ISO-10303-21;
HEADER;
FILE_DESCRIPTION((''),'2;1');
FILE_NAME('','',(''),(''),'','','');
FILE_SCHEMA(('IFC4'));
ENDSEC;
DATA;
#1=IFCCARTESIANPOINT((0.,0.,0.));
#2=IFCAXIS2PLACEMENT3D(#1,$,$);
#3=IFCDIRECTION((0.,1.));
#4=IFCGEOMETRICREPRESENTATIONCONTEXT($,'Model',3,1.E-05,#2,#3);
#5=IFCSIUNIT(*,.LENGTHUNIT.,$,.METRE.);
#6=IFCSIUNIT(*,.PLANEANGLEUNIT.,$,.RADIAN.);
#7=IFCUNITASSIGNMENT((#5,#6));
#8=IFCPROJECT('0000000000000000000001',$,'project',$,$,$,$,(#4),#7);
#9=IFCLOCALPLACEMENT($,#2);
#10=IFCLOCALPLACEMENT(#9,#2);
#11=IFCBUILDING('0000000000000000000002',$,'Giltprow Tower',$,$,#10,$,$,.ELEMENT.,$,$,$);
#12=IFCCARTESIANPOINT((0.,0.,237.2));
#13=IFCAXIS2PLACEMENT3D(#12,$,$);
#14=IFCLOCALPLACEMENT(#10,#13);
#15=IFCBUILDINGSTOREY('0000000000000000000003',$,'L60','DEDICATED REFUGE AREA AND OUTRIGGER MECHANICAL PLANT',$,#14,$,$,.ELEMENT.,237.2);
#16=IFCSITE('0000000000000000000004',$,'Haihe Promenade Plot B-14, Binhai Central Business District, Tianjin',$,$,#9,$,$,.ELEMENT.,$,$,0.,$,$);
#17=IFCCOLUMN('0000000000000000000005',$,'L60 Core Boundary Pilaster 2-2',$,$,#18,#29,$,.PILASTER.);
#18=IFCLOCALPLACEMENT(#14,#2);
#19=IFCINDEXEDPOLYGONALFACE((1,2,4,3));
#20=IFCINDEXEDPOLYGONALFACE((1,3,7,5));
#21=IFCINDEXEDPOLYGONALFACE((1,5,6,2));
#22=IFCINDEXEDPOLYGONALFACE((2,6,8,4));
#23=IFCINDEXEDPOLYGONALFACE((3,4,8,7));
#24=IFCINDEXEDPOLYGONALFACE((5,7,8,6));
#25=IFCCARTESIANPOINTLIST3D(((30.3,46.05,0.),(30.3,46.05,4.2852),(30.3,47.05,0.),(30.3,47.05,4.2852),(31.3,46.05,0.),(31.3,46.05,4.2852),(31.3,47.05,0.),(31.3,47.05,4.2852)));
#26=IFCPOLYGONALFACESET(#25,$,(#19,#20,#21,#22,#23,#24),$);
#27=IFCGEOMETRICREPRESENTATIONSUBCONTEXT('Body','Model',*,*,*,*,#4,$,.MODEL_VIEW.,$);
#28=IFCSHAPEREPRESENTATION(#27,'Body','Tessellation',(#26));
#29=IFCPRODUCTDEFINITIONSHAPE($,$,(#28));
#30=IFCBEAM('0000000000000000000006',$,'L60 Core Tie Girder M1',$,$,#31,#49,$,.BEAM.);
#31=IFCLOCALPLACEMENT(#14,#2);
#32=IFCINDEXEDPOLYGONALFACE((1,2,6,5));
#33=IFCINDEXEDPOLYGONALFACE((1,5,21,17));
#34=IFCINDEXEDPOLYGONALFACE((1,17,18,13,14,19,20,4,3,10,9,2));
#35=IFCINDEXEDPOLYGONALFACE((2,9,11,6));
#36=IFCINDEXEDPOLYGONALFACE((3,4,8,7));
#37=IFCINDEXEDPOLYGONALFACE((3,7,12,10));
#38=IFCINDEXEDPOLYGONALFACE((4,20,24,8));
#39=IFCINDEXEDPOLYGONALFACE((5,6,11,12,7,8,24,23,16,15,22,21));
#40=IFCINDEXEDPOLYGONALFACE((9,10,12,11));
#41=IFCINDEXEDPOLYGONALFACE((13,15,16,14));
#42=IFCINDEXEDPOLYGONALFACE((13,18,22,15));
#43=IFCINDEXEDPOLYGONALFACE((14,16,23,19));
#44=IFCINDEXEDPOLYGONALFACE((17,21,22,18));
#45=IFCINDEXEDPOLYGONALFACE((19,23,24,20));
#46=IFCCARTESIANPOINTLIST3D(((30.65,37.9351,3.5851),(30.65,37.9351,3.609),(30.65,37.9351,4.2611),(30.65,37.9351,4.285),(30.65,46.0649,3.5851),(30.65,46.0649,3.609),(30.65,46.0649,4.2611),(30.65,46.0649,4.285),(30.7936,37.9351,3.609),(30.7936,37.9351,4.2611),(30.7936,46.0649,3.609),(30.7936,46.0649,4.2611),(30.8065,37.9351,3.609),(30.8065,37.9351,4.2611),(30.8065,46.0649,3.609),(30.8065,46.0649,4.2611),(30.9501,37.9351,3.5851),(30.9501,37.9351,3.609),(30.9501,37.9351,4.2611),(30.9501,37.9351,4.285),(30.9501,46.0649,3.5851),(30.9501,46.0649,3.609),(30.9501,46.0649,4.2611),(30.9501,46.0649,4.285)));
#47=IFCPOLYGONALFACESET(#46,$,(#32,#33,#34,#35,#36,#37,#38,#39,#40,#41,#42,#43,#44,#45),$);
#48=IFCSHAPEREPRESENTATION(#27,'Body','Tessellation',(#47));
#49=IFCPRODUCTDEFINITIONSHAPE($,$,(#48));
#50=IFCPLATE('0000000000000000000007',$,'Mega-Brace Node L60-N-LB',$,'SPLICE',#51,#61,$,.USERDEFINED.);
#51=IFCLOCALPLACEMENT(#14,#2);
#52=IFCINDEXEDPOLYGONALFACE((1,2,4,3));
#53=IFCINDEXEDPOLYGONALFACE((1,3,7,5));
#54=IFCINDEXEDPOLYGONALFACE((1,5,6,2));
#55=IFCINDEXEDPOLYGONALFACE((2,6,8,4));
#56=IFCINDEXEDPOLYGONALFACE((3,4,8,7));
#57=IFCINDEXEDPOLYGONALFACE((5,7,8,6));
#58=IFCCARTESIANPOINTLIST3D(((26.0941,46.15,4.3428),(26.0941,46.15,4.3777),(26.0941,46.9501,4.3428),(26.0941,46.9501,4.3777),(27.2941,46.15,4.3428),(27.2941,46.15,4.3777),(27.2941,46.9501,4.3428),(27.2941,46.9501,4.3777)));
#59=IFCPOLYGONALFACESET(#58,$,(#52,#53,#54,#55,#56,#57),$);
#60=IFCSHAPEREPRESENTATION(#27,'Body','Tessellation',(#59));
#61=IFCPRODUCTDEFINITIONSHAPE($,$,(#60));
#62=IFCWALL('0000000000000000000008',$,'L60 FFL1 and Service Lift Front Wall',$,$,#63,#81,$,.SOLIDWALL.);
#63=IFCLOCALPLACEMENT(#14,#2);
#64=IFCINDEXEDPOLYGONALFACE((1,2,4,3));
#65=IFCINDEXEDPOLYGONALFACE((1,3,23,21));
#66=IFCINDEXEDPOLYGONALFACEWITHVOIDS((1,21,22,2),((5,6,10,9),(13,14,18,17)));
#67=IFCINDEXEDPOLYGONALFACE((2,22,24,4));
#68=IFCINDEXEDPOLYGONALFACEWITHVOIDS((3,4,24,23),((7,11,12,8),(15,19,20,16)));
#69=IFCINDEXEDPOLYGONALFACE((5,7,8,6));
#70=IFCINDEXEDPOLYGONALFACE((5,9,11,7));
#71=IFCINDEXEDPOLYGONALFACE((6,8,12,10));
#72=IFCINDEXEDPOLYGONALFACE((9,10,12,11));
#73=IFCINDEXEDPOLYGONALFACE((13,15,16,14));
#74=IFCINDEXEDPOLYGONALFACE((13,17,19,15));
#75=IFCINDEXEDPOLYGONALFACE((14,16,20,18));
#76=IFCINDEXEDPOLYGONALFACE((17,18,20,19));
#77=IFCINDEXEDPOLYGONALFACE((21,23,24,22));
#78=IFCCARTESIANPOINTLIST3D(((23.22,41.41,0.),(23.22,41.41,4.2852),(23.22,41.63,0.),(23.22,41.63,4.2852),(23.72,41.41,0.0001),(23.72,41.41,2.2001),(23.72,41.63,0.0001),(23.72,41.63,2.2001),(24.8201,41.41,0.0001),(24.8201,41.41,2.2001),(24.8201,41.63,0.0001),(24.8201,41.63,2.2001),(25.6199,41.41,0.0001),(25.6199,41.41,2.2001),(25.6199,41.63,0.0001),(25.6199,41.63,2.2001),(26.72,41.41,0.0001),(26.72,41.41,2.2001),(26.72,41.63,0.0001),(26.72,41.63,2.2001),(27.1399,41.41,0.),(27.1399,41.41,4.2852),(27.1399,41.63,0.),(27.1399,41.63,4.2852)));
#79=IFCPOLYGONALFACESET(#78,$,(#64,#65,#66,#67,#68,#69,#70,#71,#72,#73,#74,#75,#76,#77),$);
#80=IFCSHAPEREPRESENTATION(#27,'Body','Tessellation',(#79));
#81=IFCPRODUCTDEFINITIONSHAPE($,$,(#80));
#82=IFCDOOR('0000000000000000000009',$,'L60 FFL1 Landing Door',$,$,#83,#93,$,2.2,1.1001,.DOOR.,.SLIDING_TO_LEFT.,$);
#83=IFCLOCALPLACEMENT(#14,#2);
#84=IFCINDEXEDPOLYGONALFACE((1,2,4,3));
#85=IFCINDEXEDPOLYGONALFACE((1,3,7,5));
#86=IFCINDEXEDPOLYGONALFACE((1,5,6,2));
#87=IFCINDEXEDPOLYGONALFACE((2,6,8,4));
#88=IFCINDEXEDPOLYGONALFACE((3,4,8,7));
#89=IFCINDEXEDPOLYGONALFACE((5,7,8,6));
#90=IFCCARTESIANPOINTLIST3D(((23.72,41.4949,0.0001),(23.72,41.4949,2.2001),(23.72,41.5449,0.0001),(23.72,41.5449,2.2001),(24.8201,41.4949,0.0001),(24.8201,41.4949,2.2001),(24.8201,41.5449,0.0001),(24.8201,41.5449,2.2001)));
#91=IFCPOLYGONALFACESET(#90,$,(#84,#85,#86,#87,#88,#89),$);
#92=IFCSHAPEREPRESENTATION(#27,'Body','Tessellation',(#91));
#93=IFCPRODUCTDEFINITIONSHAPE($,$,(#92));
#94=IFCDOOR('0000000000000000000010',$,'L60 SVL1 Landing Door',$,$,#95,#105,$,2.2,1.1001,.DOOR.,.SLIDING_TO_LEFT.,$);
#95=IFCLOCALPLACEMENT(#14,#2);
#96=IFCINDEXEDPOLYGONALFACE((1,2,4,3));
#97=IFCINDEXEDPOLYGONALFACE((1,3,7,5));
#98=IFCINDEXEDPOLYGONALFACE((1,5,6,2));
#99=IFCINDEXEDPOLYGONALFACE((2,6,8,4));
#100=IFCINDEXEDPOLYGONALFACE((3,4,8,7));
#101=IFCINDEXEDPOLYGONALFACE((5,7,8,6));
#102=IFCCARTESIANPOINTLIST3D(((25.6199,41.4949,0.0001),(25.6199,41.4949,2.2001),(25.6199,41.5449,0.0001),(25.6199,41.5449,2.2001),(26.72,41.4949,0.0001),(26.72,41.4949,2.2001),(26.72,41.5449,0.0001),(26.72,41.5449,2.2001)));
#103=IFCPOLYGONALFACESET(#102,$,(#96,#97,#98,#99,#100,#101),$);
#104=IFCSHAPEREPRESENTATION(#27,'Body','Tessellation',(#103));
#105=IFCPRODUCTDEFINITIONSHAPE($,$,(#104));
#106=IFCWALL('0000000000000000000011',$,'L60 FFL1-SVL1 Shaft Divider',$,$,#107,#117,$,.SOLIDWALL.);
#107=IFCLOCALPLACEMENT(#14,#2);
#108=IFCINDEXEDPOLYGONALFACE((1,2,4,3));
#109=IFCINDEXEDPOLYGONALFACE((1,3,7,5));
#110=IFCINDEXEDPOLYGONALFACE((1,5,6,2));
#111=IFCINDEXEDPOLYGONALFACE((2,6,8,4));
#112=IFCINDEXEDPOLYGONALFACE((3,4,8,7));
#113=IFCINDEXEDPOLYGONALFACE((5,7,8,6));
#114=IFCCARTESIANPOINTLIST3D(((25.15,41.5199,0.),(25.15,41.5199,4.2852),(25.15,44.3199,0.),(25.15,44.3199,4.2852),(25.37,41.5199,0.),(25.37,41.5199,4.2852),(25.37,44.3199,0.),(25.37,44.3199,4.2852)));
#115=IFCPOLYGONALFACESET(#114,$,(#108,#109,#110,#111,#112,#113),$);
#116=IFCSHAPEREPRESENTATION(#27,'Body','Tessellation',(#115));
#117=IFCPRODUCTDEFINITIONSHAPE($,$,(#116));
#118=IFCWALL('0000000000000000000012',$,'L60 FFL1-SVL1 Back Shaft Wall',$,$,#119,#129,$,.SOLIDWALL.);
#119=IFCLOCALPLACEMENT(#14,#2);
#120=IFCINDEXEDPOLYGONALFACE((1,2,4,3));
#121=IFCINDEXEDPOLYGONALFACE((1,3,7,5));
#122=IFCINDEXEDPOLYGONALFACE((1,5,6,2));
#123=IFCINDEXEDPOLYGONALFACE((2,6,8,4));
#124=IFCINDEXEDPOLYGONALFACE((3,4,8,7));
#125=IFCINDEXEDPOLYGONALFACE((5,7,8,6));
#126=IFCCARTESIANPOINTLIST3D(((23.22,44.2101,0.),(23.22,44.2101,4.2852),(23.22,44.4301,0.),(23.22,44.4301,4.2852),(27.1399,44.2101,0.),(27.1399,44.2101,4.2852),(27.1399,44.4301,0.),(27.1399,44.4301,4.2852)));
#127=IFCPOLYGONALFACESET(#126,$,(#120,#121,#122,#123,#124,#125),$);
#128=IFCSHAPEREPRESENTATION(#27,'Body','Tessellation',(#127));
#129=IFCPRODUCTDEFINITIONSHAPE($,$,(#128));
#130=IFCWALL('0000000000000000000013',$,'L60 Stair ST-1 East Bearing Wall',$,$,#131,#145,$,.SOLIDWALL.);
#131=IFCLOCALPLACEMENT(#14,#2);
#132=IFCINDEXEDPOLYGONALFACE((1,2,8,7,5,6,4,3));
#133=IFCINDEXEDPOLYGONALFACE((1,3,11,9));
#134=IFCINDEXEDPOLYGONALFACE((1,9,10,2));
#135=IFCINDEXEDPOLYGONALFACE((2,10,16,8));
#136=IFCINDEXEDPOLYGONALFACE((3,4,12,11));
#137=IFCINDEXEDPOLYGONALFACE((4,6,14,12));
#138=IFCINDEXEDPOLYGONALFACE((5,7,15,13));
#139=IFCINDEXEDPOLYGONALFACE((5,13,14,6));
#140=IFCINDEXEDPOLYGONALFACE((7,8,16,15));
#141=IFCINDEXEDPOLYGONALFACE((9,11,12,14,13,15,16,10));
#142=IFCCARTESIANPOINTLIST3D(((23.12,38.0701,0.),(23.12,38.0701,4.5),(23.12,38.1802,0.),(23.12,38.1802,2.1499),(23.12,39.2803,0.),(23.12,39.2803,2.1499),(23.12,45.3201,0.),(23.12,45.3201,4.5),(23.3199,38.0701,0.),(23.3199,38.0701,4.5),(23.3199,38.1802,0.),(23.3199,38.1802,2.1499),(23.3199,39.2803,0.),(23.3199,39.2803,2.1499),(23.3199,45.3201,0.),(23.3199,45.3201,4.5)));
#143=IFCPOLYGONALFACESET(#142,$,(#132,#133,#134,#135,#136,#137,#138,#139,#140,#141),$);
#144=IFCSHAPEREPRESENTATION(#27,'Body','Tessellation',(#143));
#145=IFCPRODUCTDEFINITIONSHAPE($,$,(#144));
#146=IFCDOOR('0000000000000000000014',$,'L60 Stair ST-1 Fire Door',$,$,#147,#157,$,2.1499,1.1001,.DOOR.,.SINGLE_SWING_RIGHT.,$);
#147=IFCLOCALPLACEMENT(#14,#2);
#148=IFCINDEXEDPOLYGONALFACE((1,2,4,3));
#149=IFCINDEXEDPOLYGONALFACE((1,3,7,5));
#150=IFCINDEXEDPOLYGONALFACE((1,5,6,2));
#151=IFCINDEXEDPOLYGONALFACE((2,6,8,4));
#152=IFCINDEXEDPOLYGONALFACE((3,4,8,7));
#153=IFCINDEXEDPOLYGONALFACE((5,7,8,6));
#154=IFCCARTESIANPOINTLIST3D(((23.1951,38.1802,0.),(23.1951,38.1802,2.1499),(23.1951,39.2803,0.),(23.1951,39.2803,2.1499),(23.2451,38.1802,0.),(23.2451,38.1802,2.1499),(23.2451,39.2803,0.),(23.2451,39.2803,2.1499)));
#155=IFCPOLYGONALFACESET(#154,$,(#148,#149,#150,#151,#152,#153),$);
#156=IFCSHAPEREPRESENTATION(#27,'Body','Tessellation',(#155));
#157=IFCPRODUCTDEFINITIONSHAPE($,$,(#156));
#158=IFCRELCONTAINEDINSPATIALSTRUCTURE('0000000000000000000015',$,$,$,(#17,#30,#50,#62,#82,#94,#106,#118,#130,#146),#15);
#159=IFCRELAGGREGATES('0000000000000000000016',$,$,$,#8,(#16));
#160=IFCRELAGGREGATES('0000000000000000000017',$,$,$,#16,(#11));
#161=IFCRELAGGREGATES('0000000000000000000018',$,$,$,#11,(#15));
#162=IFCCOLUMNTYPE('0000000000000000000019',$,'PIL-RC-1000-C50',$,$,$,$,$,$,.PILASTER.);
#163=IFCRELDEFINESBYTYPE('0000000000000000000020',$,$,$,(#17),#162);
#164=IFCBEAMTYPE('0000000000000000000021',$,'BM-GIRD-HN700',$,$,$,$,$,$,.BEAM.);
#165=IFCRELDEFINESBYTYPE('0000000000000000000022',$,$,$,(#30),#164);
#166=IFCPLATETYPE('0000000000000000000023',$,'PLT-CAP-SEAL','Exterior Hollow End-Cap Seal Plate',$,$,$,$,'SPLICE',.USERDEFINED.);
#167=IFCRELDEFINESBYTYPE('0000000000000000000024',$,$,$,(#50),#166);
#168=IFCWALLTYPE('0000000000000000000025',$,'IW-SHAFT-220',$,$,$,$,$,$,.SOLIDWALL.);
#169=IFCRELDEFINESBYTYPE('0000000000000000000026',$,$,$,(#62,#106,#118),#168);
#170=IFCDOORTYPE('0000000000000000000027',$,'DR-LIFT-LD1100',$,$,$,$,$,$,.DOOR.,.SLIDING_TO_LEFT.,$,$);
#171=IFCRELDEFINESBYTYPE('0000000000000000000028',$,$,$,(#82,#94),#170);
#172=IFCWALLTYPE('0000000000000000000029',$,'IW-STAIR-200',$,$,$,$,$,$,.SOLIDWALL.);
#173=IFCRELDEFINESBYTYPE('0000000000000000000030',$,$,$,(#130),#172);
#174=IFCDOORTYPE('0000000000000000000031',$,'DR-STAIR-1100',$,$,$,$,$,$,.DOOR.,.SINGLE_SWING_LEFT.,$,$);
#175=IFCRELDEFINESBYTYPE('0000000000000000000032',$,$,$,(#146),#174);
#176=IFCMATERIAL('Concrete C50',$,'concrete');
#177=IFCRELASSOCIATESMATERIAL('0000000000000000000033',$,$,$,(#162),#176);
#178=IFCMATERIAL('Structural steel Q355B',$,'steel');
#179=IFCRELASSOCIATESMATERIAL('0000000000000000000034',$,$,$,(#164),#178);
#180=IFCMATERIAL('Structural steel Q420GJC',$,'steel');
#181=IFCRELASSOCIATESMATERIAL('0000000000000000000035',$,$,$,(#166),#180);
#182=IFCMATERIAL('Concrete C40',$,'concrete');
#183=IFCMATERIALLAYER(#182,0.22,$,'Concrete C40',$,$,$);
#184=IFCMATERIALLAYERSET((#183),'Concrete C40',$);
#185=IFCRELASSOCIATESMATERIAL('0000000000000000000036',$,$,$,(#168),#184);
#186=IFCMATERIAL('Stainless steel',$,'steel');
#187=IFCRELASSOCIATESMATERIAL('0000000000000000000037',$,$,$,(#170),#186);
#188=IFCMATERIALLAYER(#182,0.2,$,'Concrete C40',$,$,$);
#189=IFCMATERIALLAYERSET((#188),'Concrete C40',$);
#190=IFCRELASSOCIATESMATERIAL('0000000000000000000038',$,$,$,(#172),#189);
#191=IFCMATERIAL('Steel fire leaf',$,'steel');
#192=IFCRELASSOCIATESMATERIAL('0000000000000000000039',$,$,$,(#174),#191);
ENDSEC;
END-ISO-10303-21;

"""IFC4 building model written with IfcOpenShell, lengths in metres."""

from ifc_helpers import new_model, si_unit, direction, frame, frame_2d, origin, origin_2d, place, context, subcontext, project, spatial, rectangle, i_section, extrude, source, transform, mapped, material, layer, layer_set, material_profile, profile_set, type_object, element, fill, save


model = new_model("IFC4")

# Units and contexts
model_context = context("Model", 3, precision=1e-05, world=origin(), true_north=direction((0.0, 1.0)))
body_context = subcontext(model_context, "Body", "Model", "MODEL_VIEW")
ifc_project = project(units=[si_unit("LENGTHUNIT", "METRE"), si_unit("PLANEANGLEUNIT", "RADIAN")], contexts=[model_context])

# Site, building, storey
site_placement = place(None, origin())
site = spatial("IfcSite", under=ifc_project, at=site_placement, Name="Haihe Promenade Plot B-14, Binhai Central Business District, Tianjin", CompositionType="ELEMENT", RefElevation=0.0)
building_placement = place(site_placement, origin())
building = spatial("IfcBuilding", under=site, at=building_placement, Name="Giltprow Tower", CompositionType="ELEMENT")
storey_placement = place(building_placement, frame((0.0, 0.0, 237.2)))
storey = spatial("IfcBuildingStorey", under=building, at=storey_placement, Name="L60", Description="DEDICATED REFUGE AREA AND OUTRIGGER MECHANICAL PLANT", CompositionType="ELEMENT", Elevation=237.2)

# Column
ifc_material_1 = material(Name="Concrete C50", Category="concrete")
ifc_material_profile_1 = material_profile(ifc_material_1, rectangle(XDim=1.0, YDim=1.0, at=origin_2d()), Name="RC 1000x1000")
ifc_profile_set_1 = profile_set([ifc_material_profile_1], Name="Concrete C50")
column_type = type_object("IfcColumnType", Name="PIL-RC-1000-C50", PredefinedType="PILASTER", material=ifc_profile_set_1)
shared_shape_1 = source(origin(), body_context, "Body", "SweptSolid", [
    extrude(rectangle(XDim=1.0, YDim=1.0, at=origin_2d()), origin(), (0.0, 0.0, 1.0), 4.2852),
])
column_placement = place(storey_placement, frame((30.8, 46.55, 0.0), z_axis=(0.0, 0.0, 1.0), x_axis=(1.0, 0.0, 0.0)))
element("IfcColumn", 1, at=column_placement, inside=storey, type_object=column_type, Name="L60 Core Boundary Pilaster 2-2", PredefinedType="PILASTER", context=body_context, shape_type="MappedRepresentation", body=[
    mapped(shared_shape_1, transform((0.0, 0.0, 0.0), x_axis=(1.0, 0.0, 0.0), y_axis=(0.0, 1.0, 0.0), z_axis=(0.0, 0.0, 1.0), scale=1.0)),
])

# Beam
ifc_material_2 = material(Name="Structural steel Q355B", Category="steel")
ifc_material_profile_2 = material_profile(ifc_material_2, i_section(OverallWidth=0.3, OverallDepth=0.7, WebThickness=0.0129, FlangeThickness=0.0239, at=origin_2d()), Name="HN 700x300x13x24")
ifc_profile_set_2 = profile_set([ifc_material_profile_2], Name="Structural steel Q355B")
beam_type = type_object("IfcBeamType", Name="BM-GIRD-HN700", PredefinedType="BEAM", material=ifc_profile_set_2)
shared_shape_2 = source(origin(), body_context, "Body", "SweptSolid", [
    extrude(i_section(OverallWidth=0.3, OverallDepth=0.7, WebThickness=0.0129, FlangeThickness=0.0239, at=origin_2d()), origin(), (0.0, 0.0, 1.0), 8.1299),
])
beam_placement = place(storey_placement, frame((30.8, 37.9351, 3.9351), z_axis=(0.0, 1.0, 0.0), x_axis=(-1.0, 0.0, 0.0)))
element("IfcBeam", 2, at=beam_placement, inside=storey, type_object=beam_type, Name="L60 Core Tie Girder M1", PredefinedType="BEAM", context=body_context, shape_type="MappedRepresentation", body=[
    mapped(shared_shape_2, transform((0.0, 0.0, 0.0), x_axis=(1.0, 0.0, 0.0), y_axis=(0.0, 1.0, 0.0), z_axis=(0.0, 0.0, 1.0), scale=1.0)),
])

# Plate
ifc_material_3 = material(Name="Structural steel Q420GJC", Category="steel")
plate_type = type_object("IfcPlateType", Name="PLT-CAP-SEAL", Description="Exterior Hollow End-Cap Seal Plate", ElementType="SPLICE", PredefinedType="USERDEFINED", material=ifc_material_3)
shared_shape_3 = source(origin(), body_context, "Body", "SweptSolid", [
    extrude(rectangle(XDim=1.2, YDim=0.8, at=origin_2d()), origin(), (0.0, 0.0, 1.0), 0.0349),
])
plate_placement = place(storey_placement, frame((26.6941, 46.55, 4.3428), z_axis=(0.0, 0.0, 1.0), x_axis=(1.0, 0.0, 0.0)))
element("IfcPlate", 3, at=plate_placement, inside=storey, type_object=plate_type, Name="Mega-Brace Node L60-N-LB", ObjectType="SPLICE", PredefinedType="USERDEFINED", context=body_context, shape_type="MappedRepresentation", body=[
    mapped(shared_shape_3, transform((0.0, 0.0, 0.0), x_axis=(1.0, 0.0, 0.0), y_axis=(0.0, 1.0, 0.0), z_axis=(0.0, 0.0, 1.0), scale=1.0)),
])

# Wall, openings, doors
ifc_material_4 = material(Name="Concrete C40", Category="concrete")
ifc_layer_1 = layer(ifc_material_4, 0.22, Name="Concrete C40")
ifc_layer_set_1 = layer_set([ifc_layer_1], Name="Concrete C40")
wall_type_1 = type_object("IfcWallType", Name="IW-SHAFT-220", PredefinedType="SOLIDWALL", material=ifc_layer_set_1)
wall_1_placement = place(storey_placement, frame((23.22, 41.52, 0.0), z_axis=(0.0, 0.0, 1.0), x_axis=(1.0, 0.0, 0.0)))
wall_1 = element("IfcWall", 4, at=wall_1_placement, inside=storey, type_object=wall_type_1, Name="L60 FFL1 and Service Lift Front Wall", PredefinedType="SOLIDWALL", context=body_context, shape_type="SweptSolid", body=[
    extrude(rectangle(XDim=3.9199, YDim=0.22, at=frame_2d((1.96, 0.0))), origin(), (0.0, 0.0, 1.0), 4.2852),
])
opening_1_placement = place(wall_1_placement, frame((0.5, 0.0, 0.0)))
opening_1 = element("IfcOpeningElement", 5, at=opening_1_placement, cuts=wall_1, PredefinedType="OPENING", context=body_context, shape_type="SweptSolid", body=[
    extrude(rectangle(XDim=1.1001, YDim=2.2, at=frame_2d((0.55, 1.1001))), frame((0.0, 0.1199, 0.0), z_axis=(0.0, -1.0, 0.0), x_axis=(1.0, 0.0, 0.0)), (0.0, 0.0, 1.0), 0.24),
])
opening_2_placement = place(wall_1_placement, frame((2.3999, 0.0, 0.0)))
opening_2 = element("IfcOpeningElement", 6, at=opening_2_placement, cuts=wall_1, PredefinedType="OPENING", context=body_context, shape_type="SweptSolid", body=[
    extrude(rectangle(XDim=1.1001, YDim=2.2, at=frame_2d((0.55, 1.1001))), frame((0.0, 0.1199, 0.0), z_axis=(0.0, -1.0, 0.0), x_axis=(1.0, 0.0, 0.0)), (0.0, 0.0, 1.0), 0.24),
])
ifc_material_5 = material(Name="Stainless steel", Category="steel")
door_type_1 = type_object("IfcDoorType", Name="DR-LIFT-LD1100", OperationType="SLIDING_TO_LEFT", PredefinedType="DOOR", material=ifc_material_5)
shared_shape_4 = source(origin(), body_context, "Body", "SweptSolid", [
    extrude(rectangle(XDim=1.1001, YDim=2.2, at=frame_2d((0.55, 1.1001))), frame((0.0, 0.0249, 0.0), z_axis=(0.0, -1.0, 0.0), x_axis=(1.0, 0.0, 0.0)), (0.0, 0.0, 1.0), 0.05),
])
door_1_placement = place(opening_1_placement, origin())
door_1 = element("IfcDoor", 7, at=door_1_placement, inside=storey, type_object=door_type_1, Name="L60 FFL1 Landing Door", OperationType="SLIDING_TO_LEFT", OverallHeight=2.2, OverallWidth=1.1001, PredefinedType="DOOR", context=body_context, shape_type="MappedRepresentation", body=[
    mapped(shared_shape_4, transform((0.0, 0.0, 0.0), x_axis=(1.0, 0.0, 0.0), y_axis=(0.0, 1.0, 0.0), z_axis=(0.0, 0.0, 1.0), scale=1.0)),
])
fill(opening_1, door_1)
door_2_placement = place(opening_2_placement, origin())
door_2 = element("IfcDoor", 8, at=door_2_placement, inside=storey, type_object=door_type_1, Name="L60 SVL1 Landing Door", OperationType="SLIDING_TO_LEFT", OverallHeight=2.2, OverallWidth=1.1001, PredefinedType="DOOR", context=body_context, shape_type="MappedRepresentation", body=[
    mapped(shared_shape_4, transform((0.0, 0.0, 0.0), x_axis=(1.0, 0.0, 0.0), y_axis=(0.0, 1.0, 0.0), z_axis=(0.0, 0.0, 1.0), scale=1.0)),
])
fill(opening_2, door_2)

# Walls
wall_2_placement = place(storey_placement, frame((25.26, 41.52, 0.0), z_axis=(0.0, 0.0, 1.0), x_axis=(0.0, 1.0, 0.0)))
element("IfcWall", 9, at=wall_2_placement, inside=storey, type_object=wall_type_1, Name="L60 FFL1-SVL1 Shaft Divider", PredefinedType="SOLIDWALL", context=body_context, shape_type="SweptSolid", body=[
    extrude(rectangle(XDim=2.8, YDim=0.22, at=frame_2d((1.3999, 0.0))), origin(), (0.0, 0.0, 1.0), 4.2852),
])
wall_3_placement = place(storey_placement, frame((23.22, 44.3201, 0.0), z_axis=(0.0, 0.0, 1.0), x_axis=(1.0, 0.0, 0.0)))
element("IfcWall", 10, at=wall_3_placement, inside=storey, type_object=wall_type_1, Name="L60 FFL1-SVL1 Back Shaft Wall", PredefinedType="SOLIDWALL", context=body_context, shape_type="SweptSolid", body=[
    extrude(rectangle(XDim=3.9199, YDim=0.22, at=frame_2d((1.96, 0.0))), origin(), (0.0, 0.0, 1.0), 4.2852),
])

# Wall, opening, door
ifc_layer_2 = layer(ifc_material_4, 0.2, Name="Concrete C40")
ifc_layer_set_2 = layer_set([ifc_layer_2], Name="Concrete C40")
wall_type_2 = type_object("IfcWallType", Name="IW-STAIR-200", PredefinedType="SOLIDWALL", material=ifc_layer_set_2)
wall_4_placement = place(storey_placement, frame((23.22, 38.0701, 0.0), z_axis=(0.0, 0.0, 1.0), x_axis=(0.0, 1.0, 0.0)))
wall_4 = element("IfcWall", 11, at=wall_4_placement, inside=storey, type_object=wall_type_2, Name="L60 Stair ST-1 East Bearing Wall", PredefinedType="SOLIDWALL", context=body_context, shape_type="SweptSolid", body=[
    extrude(rectangle(XDim=7.25, YDim=0.2, at=frame_2d((3.625, 0.0))), origin(), (0.0, 0.0, 1.0), 4.5),
])
opening_3_placement = place(wall_4_placement, frame((0.1101, 0.0, 0.0)))
opening_3 = element("IfcOpeningElement", 12, at=opening_3_placement, cuts=wall_4, PredefinedType="OPENING", context=body_context, shape_type="SweptSolid", body=[
    extrude(rectangle(XDim=1.1001, YDim=2.1499, at=frame_2d((0.55, 1.075))), frame((0.0, 0.1099, 0.0), z_axis=(0.0, -1.0, 0.0), x_axis=(1.0, 0.0, 0.0)), (0.0, 0.0, 1.0), 0.22),
])
ifc_material_6 = material(Name="Steel fire leaf", Category="steel")
door_type_2 = type_object("IfcDoorType", Name="DR-STAIR-1100", OperationType="SINGLE_SWING_LEFT", PredefinedType="DOOR", material=ifc_material_6)
shared_shape_5 = source(origin(), body_context, "Body", "SweptSolid", [
    extrude(rectangle(XDim=1.1001, YDim=2.1499, at=frame_2d((0.55, 1.075))), frame((0.0, 0.0249, 0.0), z_axis=(0.0, -1.0, 0.0), x_axis=(1.0, 0.0, 0.0)), (0.0, 0.0, 1.0), 0.05),
])
door_3_placement = place(opening_3_placement, origin())
door_3 = element("IfcDoor", 13, at=door_3_placement, inside=storey, type_object=door_type_2, Name="L60 Stair ST-1 Fire Door", OperationType="SINGLE_SWING_RIGHT", OverallHeight=2.1499, OverallWidth=1.1001, PredefinedType="DOOR", context=body_context, shape_type="MappedRepresentation", body=[
    mapped(shared_shape_5, transform((0.0, 0.0, 0.0), x_axis=(1.0, 0.0, 0.0), y_axis=(0.0, 1.0, 0.0), z_axis=(0.0, 0.0, 1.0), scale=1.0)),
])
fill(opening_3, door_3)

save(model, "model.ifc")
